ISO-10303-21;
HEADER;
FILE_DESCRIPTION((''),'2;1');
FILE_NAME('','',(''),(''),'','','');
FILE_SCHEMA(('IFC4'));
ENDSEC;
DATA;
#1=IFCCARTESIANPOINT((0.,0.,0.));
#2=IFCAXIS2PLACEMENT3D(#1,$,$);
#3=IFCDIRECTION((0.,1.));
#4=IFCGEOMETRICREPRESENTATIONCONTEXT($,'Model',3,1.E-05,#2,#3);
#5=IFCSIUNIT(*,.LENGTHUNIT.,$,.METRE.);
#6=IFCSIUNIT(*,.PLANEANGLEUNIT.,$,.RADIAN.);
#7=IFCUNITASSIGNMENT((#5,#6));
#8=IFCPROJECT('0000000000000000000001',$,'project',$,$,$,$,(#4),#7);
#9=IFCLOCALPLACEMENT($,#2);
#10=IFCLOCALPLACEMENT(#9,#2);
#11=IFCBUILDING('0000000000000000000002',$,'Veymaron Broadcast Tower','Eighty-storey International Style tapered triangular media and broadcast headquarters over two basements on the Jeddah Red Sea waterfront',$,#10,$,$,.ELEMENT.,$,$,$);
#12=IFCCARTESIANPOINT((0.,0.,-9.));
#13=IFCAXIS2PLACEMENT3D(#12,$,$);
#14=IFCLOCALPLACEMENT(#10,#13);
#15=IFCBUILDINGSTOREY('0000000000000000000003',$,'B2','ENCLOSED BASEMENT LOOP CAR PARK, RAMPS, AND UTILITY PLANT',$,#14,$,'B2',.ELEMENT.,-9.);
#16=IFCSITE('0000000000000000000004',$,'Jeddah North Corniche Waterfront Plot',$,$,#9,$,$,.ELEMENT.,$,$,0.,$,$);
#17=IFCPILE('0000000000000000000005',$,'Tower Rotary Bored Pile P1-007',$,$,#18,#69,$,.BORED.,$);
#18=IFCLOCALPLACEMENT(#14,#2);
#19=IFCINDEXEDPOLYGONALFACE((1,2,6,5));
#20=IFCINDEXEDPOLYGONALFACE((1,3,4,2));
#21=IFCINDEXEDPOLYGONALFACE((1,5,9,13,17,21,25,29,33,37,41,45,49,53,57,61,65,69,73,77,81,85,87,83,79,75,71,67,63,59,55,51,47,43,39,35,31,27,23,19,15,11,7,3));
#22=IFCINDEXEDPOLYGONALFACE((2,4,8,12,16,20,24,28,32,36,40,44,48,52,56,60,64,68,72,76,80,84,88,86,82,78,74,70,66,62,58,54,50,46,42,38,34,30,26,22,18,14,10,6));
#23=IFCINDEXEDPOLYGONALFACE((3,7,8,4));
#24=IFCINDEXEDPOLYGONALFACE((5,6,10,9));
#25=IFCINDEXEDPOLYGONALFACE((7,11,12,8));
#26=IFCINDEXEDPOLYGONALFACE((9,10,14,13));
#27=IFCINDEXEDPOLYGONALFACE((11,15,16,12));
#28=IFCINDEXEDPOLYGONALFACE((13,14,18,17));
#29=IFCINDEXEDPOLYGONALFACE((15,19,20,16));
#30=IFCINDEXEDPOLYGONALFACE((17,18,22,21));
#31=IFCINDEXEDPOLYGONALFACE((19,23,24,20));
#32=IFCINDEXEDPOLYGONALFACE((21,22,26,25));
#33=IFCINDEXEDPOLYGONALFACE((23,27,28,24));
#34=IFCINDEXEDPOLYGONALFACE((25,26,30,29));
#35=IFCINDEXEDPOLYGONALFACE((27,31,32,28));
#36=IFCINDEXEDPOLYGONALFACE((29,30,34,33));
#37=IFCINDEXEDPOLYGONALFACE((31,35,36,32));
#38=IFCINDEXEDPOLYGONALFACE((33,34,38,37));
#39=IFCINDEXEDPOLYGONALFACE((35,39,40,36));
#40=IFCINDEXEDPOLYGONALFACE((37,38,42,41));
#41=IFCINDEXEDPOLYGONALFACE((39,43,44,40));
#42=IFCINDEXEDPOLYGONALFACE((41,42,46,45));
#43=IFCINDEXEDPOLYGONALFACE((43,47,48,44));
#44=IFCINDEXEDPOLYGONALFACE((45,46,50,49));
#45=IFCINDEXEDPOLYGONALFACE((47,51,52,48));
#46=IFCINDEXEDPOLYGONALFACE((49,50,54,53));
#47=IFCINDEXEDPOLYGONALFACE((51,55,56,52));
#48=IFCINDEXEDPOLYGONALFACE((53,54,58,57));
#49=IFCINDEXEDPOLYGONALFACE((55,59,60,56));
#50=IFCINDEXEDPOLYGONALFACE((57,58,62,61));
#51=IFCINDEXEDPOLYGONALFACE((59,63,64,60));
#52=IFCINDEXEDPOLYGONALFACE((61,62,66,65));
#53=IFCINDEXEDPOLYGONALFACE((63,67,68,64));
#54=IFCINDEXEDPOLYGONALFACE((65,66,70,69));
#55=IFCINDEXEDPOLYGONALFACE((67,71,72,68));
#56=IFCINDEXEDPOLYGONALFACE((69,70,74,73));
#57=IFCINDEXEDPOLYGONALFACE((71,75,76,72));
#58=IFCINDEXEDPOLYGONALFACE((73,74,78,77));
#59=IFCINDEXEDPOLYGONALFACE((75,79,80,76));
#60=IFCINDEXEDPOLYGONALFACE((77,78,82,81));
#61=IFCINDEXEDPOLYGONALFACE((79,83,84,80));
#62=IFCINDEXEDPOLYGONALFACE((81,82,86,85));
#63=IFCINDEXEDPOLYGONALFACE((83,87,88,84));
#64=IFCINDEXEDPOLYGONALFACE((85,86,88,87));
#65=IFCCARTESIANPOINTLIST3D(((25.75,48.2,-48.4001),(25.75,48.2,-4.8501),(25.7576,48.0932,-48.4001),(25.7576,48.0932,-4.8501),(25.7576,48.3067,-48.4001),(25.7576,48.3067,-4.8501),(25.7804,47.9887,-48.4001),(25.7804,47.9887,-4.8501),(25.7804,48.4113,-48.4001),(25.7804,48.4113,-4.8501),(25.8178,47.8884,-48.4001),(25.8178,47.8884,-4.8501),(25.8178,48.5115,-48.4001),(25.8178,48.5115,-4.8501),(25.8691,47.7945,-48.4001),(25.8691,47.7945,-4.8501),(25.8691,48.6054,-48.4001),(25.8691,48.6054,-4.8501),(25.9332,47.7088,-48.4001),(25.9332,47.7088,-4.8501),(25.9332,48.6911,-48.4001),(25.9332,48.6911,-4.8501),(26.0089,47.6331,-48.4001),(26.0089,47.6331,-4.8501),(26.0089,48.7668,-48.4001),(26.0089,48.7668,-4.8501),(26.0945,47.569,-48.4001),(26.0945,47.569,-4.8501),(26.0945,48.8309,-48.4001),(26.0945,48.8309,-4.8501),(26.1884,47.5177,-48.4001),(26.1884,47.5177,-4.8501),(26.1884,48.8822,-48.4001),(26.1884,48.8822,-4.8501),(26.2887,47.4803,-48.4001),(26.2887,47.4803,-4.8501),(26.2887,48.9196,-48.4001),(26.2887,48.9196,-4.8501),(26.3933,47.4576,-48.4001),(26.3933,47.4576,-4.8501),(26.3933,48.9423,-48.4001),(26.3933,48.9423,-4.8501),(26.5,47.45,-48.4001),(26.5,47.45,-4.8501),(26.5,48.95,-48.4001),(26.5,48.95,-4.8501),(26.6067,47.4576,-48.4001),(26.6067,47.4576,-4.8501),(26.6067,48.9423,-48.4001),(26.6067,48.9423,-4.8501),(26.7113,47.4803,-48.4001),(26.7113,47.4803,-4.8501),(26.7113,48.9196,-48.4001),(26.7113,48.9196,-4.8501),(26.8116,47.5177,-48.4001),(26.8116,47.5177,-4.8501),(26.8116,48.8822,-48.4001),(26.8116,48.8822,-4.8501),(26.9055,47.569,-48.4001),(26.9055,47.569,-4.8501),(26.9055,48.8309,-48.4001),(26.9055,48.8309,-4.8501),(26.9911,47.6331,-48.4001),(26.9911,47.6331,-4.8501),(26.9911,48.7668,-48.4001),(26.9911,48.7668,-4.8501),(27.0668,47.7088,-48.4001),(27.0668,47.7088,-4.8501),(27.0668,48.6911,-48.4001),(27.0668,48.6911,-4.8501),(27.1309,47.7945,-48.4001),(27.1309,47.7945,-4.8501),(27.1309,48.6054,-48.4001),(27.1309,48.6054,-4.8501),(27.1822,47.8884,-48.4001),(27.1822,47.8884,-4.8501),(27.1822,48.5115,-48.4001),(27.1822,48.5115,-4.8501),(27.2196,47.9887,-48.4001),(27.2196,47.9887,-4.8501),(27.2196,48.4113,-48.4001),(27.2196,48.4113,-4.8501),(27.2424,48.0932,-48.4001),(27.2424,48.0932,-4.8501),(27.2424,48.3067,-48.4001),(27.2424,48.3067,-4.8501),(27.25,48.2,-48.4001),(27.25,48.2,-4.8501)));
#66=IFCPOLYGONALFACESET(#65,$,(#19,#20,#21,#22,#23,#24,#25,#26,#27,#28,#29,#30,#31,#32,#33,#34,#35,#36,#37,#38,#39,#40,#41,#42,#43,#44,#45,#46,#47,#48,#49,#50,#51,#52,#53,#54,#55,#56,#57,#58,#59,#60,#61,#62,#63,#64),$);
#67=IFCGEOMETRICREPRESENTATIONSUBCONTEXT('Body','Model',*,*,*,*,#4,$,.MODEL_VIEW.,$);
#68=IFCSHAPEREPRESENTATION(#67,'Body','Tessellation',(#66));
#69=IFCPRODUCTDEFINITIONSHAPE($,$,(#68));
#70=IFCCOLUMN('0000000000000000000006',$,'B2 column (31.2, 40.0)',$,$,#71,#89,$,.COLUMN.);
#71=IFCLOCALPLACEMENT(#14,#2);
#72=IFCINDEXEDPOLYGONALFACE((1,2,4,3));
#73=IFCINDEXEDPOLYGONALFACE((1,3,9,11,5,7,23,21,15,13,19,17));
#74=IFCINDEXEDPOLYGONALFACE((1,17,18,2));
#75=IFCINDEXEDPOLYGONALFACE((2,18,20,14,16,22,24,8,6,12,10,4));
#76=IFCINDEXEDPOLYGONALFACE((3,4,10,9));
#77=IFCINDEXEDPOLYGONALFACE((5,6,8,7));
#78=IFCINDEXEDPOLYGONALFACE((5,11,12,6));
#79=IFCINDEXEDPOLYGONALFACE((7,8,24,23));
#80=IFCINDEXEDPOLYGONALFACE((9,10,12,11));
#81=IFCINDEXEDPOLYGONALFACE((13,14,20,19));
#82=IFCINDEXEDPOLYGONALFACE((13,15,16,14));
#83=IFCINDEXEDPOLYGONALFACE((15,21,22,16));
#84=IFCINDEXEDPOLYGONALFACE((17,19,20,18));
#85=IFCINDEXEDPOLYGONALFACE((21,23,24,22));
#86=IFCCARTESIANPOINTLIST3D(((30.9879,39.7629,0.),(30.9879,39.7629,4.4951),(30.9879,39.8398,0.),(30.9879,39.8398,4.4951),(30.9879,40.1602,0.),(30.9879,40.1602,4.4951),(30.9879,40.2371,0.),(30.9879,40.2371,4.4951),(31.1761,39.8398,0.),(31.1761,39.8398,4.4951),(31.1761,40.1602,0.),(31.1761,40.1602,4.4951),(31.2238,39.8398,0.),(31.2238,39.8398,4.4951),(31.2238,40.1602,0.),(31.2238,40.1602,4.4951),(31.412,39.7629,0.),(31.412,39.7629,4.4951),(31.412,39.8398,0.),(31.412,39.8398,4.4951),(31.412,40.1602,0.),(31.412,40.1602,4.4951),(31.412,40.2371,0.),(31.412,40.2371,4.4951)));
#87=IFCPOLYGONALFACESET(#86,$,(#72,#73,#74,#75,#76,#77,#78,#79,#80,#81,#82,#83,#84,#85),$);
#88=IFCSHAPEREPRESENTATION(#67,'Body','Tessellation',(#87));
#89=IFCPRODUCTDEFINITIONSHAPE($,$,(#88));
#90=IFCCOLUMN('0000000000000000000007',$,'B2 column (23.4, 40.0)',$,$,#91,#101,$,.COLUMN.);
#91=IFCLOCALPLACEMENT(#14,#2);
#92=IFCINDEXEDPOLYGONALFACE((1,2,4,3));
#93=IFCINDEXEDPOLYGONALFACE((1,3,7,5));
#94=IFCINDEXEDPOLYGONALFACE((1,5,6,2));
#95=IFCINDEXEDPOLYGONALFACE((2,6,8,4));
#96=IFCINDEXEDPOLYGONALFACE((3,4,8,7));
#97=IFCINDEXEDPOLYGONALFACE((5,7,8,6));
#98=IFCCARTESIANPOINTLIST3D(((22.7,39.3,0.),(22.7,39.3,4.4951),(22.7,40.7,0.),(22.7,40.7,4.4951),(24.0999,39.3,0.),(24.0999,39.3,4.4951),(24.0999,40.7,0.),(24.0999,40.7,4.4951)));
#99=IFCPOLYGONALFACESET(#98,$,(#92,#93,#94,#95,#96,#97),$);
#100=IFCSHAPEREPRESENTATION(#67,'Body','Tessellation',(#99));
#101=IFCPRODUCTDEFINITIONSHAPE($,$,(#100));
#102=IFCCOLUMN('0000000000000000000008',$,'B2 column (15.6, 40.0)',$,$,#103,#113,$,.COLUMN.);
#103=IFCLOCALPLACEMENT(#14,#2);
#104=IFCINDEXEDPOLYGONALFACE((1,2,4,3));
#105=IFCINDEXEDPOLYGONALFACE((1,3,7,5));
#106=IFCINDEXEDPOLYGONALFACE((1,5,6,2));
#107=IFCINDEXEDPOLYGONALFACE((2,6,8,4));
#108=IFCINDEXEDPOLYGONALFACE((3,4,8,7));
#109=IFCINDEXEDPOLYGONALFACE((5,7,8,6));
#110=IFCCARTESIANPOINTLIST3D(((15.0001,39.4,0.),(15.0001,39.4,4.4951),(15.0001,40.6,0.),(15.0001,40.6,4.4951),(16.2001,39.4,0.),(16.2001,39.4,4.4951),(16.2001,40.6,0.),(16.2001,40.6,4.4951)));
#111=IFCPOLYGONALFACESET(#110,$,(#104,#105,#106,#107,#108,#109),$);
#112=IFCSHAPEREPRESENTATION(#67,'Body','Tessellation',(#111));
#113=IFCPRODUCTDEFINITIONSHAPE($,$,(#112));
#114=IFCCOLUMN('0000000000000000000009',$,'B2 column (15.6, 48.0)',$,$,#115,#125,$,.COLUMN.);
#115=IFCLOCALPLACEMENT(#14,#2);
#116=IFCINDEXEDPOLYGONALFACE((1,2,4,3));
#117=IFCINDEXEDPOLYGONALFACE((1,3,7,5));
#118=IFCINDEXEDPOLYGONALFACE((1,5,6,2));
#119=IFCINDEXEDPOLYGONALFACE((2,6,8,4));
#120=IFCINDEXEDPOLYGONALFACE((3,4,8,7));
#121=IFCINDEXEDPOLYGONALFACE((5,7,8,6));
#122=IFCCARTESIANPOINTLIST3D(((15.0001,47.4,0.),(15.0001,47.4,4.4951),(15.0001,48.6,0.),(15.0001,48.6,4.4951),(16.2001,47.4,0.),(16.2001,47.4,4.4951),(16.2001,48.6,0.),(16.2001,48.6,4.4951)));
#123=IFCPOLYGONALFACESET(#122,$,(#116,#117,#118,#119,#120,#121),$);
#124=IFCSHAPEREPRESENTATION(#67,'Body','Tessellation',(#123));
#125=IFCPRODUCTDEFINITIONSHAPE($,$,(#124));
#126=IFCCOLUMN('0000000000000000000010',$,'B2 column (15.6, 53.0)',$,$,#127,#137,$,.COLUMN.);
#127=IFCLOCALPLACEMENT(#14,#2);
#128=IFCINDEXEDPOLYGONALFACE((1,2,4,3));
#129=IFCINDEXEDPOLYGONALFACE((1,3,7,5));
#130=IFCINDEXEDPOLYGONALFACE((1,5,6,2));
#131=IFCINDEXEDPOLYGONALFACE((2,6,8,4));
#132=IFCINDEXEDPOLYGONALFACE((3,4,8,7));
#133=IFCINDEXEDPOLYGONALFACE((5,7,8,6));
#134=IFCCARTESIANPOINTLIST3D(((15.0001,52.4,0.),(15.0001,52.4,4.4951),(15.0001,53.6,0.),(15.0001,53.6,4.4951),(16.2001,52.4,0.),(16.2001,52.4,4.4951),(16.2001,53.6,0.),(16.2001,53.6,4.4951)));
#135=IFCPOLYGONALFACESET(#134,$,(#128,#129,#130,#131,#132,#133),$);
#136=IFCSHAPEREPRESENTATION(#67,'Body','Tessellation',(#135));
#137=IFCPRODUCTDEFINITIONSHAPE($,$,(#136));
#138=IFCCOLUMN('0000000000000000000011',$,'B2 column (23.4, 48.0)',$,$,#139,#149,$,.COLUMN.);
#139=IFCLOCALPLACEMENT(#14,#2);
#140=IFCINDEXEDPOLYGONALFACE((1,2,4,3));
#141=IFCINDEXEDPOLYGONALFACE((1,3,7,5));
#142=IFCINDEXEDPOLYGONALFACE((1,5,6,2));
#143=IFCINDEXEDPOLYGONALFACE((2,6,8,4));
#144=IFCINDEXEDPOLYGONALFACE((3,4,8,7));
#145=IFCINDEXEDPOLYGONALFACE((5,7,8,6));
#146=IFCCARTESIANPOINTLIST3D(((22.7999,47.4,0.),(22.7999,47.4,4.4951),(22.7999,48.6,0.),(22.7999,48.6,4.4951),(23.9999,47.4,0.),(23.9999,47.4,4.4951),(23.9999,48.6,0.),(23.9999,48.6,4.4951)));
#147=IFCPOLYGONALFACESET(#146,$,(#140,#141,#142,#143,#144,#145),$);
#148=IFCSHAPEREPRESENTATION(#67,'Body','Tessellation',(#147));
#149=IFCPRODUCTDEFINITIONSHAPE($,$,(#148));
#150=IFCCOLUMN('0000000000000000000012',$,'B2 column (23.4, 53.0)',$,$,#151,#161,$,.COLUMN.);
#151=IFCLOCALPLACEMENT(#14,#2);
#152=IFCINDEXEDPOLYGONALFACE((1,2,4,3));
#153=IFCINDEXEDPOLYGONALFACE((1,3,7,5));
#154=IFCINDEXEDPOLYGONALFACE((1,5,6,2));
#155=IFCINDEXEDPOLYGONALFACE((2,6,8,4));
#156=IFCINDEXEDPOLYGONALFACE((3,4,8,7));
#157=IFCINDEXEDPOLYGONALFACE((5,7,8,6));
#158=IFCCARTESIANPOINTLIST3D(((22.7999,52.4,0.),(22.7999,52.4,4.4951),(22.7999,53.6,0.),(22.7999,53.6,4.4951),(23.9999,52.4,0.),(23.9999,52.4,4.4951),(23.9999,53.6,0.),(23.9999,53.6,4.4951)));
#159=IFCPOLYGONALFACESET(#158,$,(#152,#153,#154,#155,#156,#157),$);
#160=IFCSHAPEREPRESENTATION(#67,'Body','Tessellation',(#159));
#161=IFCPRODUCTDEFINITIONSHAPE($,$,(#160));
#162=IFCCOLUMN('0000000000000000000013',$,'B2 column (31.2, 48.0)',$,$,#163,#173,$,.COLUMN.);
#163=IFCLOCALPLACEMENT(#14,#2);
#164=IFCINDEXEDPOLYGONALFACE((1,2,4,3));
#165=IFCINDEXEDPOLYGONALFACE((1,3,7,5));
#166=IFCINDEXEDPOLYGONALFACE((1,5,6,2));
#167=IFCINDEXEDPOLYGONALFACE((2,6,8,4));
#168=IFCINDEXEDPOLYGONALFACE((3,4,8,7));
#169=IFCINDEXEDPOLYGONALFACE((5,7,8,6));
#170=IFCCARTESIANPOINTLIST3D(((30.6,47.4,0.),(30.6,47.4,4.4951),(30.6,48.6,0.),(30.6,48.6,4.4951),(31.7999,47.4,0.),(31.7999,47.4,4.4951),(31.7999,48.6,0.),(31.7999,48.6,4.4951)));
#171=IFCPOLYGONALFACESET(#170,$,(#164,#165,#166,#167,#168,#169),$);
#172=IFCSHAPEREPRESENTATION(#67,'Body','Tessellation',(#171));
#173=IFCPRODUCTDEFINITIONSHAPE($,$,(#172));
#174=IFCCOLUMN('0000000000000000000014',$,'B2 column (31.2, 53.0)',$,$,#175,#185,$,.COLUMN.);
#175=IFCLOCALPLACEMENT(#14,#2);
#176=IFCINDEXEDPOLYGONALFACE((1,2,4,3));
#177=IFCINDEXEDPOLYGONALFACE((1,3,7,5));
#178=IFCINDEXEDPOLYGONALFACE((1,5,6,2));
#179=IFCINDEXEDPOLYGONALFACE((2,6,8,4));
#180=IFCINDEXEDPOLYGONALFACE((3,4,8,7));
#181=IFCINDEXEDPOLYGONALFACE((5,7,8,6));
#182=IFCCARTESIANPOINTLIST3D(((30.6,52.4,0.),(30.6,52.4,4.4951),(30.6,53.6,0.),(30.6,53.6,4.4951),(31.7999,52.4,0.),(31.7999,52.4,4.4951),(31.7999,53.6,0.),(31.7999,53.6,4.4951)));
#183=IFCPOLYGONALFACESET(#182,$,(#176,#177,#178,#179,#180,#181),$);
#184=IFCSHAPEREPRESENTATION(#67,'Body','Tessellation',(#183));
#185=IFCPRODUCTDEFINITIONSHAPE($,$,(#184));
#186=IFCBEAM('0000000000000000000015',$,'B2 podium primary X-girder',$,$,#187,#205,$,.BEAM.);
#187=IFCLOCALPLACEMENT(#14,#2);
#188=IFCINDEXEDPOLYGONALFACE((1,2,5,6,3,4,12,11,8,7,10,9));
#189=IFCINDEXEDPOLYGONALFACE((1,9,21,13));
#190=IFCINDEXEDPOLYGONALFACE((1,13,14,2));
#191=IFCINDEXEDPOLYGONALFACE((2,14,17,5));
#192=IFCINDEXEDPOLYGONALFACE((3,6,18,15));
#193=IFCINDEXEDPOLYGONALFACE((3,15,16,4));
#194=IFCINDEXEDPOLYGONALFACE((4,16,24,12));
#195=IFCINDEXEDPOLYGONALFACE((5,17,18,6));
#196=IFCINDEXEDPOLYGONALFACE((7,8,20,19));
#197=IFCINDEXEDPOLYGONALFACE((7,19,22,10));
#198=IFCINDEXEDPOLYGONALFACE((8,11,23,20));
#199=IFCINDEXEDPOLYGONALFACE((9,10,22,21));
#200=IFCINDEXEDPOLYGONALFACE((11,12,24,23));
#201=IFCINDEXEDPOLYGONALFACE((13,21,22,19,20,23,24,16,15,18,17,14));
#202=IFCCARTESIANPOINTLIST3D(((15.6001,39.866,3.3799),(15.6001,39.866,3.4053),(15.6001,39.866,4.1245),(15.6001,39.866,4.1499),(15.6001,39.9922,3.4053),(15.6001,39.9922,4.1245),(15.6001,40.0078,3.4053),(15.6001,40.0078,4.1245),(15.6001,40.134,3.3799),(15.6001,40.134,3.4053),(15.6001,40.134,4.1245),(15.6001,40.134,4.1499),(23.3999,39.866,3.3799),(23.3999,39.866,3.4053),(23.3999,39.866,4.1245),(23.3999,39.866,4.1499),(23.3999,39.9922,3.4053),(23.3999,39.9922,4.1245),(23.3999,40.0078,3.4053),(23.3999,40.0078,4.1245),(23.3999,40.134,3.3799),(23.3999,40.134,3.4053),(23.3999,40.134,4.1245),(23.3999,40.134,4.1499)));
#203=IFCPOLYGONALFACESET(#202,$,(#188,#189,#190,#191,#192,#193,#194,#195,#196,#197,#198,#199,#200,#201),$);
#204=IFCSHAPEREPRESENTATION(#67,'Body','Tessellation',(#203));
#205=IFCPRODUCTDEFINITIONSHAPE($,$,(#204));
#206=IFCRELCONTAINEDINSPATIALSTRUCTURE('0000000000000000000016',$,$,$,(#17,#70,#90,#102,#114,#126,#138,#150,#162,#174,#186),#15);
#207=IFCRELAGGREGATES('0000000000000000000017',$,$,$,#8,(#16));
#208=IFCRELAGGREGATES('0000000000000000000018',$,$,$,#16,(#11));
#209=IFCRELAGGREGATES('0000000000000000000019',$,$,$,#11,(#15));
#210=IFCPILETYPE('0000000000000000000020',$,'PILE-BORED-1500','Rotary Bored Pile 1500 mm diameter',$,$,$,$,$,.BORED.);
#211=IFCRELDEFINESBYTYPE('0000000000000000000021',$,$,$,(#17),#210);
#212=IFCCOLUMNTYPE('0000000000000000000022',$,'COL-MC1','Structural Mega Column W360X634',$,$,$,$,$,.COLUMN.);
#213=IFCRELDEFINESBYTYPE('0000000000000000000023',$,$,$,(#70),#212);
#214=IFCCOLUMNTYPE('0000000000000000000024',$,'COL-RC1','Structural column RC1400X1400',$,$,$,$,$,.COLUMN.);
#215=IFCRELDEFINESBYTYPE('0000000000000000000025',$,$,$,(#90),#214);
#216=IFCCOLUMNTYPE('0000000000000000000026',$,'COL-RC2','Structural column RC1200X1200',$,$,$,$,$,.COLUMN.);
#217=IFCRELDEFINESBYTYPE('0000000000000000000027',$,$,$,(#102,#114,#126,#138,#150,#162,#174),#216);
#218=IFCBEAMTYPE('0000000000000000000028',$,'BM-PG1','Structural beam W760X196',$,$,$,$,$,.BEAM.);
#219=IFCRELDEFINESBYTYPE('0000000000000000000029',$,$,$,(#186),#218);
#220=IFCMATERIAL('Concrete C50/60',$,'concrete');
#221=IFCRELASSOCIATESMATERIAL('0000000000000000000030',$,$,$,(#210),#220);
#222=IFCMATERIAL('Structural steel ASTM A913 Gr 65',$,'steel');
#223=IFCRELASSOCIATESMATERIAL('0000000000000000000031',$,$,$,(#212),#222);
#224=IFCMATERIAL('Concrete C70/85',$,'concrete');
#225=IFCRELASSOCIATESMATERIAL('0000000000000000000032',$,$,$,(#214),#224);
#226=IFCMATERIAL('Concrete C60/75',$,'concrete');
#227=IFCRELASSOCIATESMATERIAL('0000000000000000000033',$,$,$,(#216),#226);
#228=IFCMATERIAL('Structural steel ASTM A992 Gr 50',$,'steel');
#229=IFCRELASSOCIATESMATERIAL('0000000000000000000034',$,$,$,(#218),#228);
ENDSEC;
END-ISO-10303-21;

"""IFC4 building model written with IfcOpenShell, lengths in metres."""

from ifc_helpers import new_model, si_unit, direction, frame, origin, origin_2d, place, context, subcontext, project, spatial, rectangle, circle, i_section, extrude, material, material_profile, profile_set, type_object, element, save


model = new_model("IFC4")

# Units and contexts
model_context = context("Model", 3, precision=1e-05, world=origin(), true_north=direction((0.0, 1.0)))
body_context = subcontext(model_context, "Body", "Model", "MODEL_VIEW")
ifc_project = project(units=[si_unit("LENGTHUNIT", "METRE"), si_unit("PLANEANGLEUNIT", "RADIAN")], contexts=[model_context])

# Site, building, storey
site_placement = place(None, origin())
site = spatial("IfcSite", under=ifc_project, at=site_placement, Name="Jeddah North Corniche Waterfront Plot", CompositionType="ELEMENT", RefElevation=0.0)
building_placement = place(site_placement, origin())
building = spatial("IfcBuilding", under=site, at=building_placement, Name="Veymaron Broadcast Tower", Description="Eighty-storey International Style tapered triangular media and broadcast headquarters over two basements on the Jeddah Red Sea waterfront", CompositionType="ELEMENT")
storey_placement = place(building_placement, frame((0.0, 0.0, -9.0)))
storey = spatial("IfcBuildingStorey", under=building, at=storey_placement, Name="B2", Description="ENCLOSED BASEMENT LOOP CAR PARK, RAMPS, AND UTILITY PLANT", LongName="B2", CompositionType="ELEMENT", Elevation=-9.0)

# Pile
ifc_material_1 = material(Name="Concrete C50/60", Category="concrete")
ifc_material_profile_1 = material_profile(ifc_material_1, circle(Radius=0.75, at=origin_2d()), Name="PILE1500")
ifc_profile_set_1 = profile_set([ifc_material_profile_1], Name="Concrete C50/60")
pile_type_1 = type_object("IfcPileType", Name="PILE-BORED-1500", Description="Rotary Bored Pile 1500 mm diameter", PredefinedType="BORED", material=ifc_profile_set_1)
for number, where, z_axis, x_axis, name in (
    (1, (26.5, 48.2, -4.8501), (0.0, 0.0, -1.0), (1.0, 0.0, 0.0), "Tower Rotary Bored Pile P1-007"),
):
    element("IfcPile", number, at=place(storey_placement, frame(where, z_axis=z_axis, x_axis=x_axis)), inside=storey, type_object=pile_type_1, Name=name, PredefinedType="BORED", context=body_context, shape_type="SweptSolid", body=[
        extrude(circle(Radius=0.75, at=origin_2d()), origin(), (0.0, 0.0, 1.0), 43.55),
    ])

# Columns
ifc_material_2 = material(Name="Structural steel ASTM A913 Gr 65", Category="steel")
ifc_material_profile_2 = material_profile(ifc_material_2, i_section(OverallWidth=0.4241, OverallDepth=0.4741, WebThickness=0.0476, FlangeThickness=0.0769, at=origin_2d()), Name="W360X634")
ifc_profile_set_2 = profile_set([ifc_material_profile_2], Name="Structural steel ASTM A913 Gr 65")
column_type_1 = type_object("IfcColumnType", Name="COL-MC1", Description="Structural Mega Column W360X634", PredefinedType="COLUMN", material=ifc_profile_set_2)
column_1_placement = place(storey_placement, frame((31.2, 40.0, 0.0), z_axis=(0.0, 0.0, 1.0), x_axis=(1.0, 0.0, 0.0)))
element("IfcColumn", 2, at=column_1_placement, inside=storey, type_object=column_type_1, Name="B2 column (31.2, 40.0)", PredefinedType="COLUMN", context=body_context, shape_type="SweptSolid", body=[
    extrude(i_section(OverallWidth=0.4241, OverallDepth=0.4741, WebThickness=0.0476, FlangeThickness=0.0769, at=origin_2d()), origin(), (0.0, 0.0, 1.0), 4.4951),
])
ifc_material_3 = material(Name="Concrete C70/85", Category="concrete")
ifc_material_profile_3 = material_profile(ifc_material_3, rectangle(XDim=1.3999, YDim=1.3999, at=origin_2d()), Name="RC1400X1400")
ifc_profile_set_3 = profile_set([ifc_material_profile_3], Name="Concrete C70/85")
column_type_2 = type_object("IfcColumnType", Name="COL-RC1", Description="Structural column RC1400X1400", PredefinedType="COLUMN", material=ifc_profile_set_3)
column_2_placement = place(storey_placement, frame((23.3999, 40.0, 0.0), z_axis=(0.0, 0.0, 1.0), x_axis=(1.0, 0.0, 0.0)))
element("IfcColumn", 3, at=column_2_placement, inside=storey, type_object=column_type_2, Name="B2 column (23.4, 40.0)", PredefinedType="COLUMN", context=body_context, shape_type="SweptSolid", body=[
    extrude(rectangle(XDim=1.3999, YDim=1.3999, at=origin_2d()), origin(), (0.0, 0.0, 1.0), 4.4951),
])
ifc_material_4 = material(Name="Concrete C60/75", Category="concrete")
ifc_material_profile_4 = material_profile(ifc_material_4, rectangle(XDim=1.2, YDim=1.2, at=origin_2d()), Name="RC1200X1200")
ifc_profile_set_4 = profile_set([ifc_material_profile_4], Name="Concrete C60/75")
column_type_3 = type_object("IfcColumnType", Name="COL-RC2", Description="Structural column RC1200X1200", PredefinedType="COLUMN", material=ifc_profile_set_4)
for number, where, z_axis, x_axis, name in (
    (4, (15.6001, 40.0, 0.0), (0.0, 0.0, 1.0), (1.0, 0.0, 0.0), "B2 column (15.6, 40.0)"),
    (5, (15.6001, 48.0, 0.0), (0.0, 0.0, 1.0), (1.0, 0.0, 0.0), "B2 column (15.6, 48.0)"),
    (6, (15.6001, 53.0, 0.0), (0.0, 0.0, 1.0), (1.0, 0.0, 0.0), "B2 column (15.6, 53.0)"),
    (7, (23.3999, 48.0, 0.0), (0.0, 0.0, 1.0), (1.0, 0.0, 0.0), "B2 column (23.4, 48.0)"),
    (8, (23.3999, 53.0, 0.0), (0.0, 0.0, 1.0), (1.0, 0.0, 0.0), "B2 column (23.4, 53.0)"),
    (9, (31.2, 48.0, 0.0), (0.0, 0.0, 1.0), (1.0, 0.0, 0.0), "B2 column (31.2, 48.0)"),
    (10, (31.2, 53.0, 0.0), (0.0, 0.0, 1.0), (1.0, 0.0, 0.0), "B2 column (31.2, 53.0)"),
):
    element("IfcColumn", number, at=place(storey_placement, frame(where, z_axis=z_axis, x_axis=x_axis)), inside=storey, type_object=column_type_3, Name=name, PredefinedType="COLUMN", context=body_context, shape_type="SweptSolid", body=[
        extrude(rectangle(XDim=1.2, YDim=1.2, at=origin_2d()), origin(), (0.0, 0.0, 1.0), 4.4951),
    ])

# Beam
ifc_material_5 = material(Name="Structural steel ASTM A992 Gr 50", Category="steel")
ifc_material_profile_5 = material_profile(ifc_material_5, i_section(OverallWidth=0.2681, OverallDepth=0.77, WebThickness=0.0156, FlangeThickness=0.0254, at=origin_2d()), Name="W760X196")
ifc_profile_set_5 = profile_set([ifc_material_profile_5], Name="Structural steel ASTM A992 Gr 50")
beam_type_1 = type_object("IfcBeamType", Name="BM-PG1", Description="Structural beam W760X196", PredefinedType="BEAM", material=ifc_profile_set_5)
beam_1_placement = place(storey_placement, frame((15.6001, 40.0, 3.7649), z_axis=(1.0, 0.0, 0.0), x_axis=(0.0, 1.0, 0.0)))
element("IfcBeam", 11, at=beam_1_placement, inside=storey, type_object=beam_type_1, Name="B2 podium primary X-girder", PredefinedType="BEAM", context=body_context, shape_type="SweptSolid", body=[
    extrude(i_section(OverallWidth=0.2681, OverallDepth=0.77, WebThickness=0.0156, FlangeThickness=0.0254, at=origin_2d()), origin(), (0.0, 0.0, 1.0), 7.7998),
])

save(model, "model.ifc")
